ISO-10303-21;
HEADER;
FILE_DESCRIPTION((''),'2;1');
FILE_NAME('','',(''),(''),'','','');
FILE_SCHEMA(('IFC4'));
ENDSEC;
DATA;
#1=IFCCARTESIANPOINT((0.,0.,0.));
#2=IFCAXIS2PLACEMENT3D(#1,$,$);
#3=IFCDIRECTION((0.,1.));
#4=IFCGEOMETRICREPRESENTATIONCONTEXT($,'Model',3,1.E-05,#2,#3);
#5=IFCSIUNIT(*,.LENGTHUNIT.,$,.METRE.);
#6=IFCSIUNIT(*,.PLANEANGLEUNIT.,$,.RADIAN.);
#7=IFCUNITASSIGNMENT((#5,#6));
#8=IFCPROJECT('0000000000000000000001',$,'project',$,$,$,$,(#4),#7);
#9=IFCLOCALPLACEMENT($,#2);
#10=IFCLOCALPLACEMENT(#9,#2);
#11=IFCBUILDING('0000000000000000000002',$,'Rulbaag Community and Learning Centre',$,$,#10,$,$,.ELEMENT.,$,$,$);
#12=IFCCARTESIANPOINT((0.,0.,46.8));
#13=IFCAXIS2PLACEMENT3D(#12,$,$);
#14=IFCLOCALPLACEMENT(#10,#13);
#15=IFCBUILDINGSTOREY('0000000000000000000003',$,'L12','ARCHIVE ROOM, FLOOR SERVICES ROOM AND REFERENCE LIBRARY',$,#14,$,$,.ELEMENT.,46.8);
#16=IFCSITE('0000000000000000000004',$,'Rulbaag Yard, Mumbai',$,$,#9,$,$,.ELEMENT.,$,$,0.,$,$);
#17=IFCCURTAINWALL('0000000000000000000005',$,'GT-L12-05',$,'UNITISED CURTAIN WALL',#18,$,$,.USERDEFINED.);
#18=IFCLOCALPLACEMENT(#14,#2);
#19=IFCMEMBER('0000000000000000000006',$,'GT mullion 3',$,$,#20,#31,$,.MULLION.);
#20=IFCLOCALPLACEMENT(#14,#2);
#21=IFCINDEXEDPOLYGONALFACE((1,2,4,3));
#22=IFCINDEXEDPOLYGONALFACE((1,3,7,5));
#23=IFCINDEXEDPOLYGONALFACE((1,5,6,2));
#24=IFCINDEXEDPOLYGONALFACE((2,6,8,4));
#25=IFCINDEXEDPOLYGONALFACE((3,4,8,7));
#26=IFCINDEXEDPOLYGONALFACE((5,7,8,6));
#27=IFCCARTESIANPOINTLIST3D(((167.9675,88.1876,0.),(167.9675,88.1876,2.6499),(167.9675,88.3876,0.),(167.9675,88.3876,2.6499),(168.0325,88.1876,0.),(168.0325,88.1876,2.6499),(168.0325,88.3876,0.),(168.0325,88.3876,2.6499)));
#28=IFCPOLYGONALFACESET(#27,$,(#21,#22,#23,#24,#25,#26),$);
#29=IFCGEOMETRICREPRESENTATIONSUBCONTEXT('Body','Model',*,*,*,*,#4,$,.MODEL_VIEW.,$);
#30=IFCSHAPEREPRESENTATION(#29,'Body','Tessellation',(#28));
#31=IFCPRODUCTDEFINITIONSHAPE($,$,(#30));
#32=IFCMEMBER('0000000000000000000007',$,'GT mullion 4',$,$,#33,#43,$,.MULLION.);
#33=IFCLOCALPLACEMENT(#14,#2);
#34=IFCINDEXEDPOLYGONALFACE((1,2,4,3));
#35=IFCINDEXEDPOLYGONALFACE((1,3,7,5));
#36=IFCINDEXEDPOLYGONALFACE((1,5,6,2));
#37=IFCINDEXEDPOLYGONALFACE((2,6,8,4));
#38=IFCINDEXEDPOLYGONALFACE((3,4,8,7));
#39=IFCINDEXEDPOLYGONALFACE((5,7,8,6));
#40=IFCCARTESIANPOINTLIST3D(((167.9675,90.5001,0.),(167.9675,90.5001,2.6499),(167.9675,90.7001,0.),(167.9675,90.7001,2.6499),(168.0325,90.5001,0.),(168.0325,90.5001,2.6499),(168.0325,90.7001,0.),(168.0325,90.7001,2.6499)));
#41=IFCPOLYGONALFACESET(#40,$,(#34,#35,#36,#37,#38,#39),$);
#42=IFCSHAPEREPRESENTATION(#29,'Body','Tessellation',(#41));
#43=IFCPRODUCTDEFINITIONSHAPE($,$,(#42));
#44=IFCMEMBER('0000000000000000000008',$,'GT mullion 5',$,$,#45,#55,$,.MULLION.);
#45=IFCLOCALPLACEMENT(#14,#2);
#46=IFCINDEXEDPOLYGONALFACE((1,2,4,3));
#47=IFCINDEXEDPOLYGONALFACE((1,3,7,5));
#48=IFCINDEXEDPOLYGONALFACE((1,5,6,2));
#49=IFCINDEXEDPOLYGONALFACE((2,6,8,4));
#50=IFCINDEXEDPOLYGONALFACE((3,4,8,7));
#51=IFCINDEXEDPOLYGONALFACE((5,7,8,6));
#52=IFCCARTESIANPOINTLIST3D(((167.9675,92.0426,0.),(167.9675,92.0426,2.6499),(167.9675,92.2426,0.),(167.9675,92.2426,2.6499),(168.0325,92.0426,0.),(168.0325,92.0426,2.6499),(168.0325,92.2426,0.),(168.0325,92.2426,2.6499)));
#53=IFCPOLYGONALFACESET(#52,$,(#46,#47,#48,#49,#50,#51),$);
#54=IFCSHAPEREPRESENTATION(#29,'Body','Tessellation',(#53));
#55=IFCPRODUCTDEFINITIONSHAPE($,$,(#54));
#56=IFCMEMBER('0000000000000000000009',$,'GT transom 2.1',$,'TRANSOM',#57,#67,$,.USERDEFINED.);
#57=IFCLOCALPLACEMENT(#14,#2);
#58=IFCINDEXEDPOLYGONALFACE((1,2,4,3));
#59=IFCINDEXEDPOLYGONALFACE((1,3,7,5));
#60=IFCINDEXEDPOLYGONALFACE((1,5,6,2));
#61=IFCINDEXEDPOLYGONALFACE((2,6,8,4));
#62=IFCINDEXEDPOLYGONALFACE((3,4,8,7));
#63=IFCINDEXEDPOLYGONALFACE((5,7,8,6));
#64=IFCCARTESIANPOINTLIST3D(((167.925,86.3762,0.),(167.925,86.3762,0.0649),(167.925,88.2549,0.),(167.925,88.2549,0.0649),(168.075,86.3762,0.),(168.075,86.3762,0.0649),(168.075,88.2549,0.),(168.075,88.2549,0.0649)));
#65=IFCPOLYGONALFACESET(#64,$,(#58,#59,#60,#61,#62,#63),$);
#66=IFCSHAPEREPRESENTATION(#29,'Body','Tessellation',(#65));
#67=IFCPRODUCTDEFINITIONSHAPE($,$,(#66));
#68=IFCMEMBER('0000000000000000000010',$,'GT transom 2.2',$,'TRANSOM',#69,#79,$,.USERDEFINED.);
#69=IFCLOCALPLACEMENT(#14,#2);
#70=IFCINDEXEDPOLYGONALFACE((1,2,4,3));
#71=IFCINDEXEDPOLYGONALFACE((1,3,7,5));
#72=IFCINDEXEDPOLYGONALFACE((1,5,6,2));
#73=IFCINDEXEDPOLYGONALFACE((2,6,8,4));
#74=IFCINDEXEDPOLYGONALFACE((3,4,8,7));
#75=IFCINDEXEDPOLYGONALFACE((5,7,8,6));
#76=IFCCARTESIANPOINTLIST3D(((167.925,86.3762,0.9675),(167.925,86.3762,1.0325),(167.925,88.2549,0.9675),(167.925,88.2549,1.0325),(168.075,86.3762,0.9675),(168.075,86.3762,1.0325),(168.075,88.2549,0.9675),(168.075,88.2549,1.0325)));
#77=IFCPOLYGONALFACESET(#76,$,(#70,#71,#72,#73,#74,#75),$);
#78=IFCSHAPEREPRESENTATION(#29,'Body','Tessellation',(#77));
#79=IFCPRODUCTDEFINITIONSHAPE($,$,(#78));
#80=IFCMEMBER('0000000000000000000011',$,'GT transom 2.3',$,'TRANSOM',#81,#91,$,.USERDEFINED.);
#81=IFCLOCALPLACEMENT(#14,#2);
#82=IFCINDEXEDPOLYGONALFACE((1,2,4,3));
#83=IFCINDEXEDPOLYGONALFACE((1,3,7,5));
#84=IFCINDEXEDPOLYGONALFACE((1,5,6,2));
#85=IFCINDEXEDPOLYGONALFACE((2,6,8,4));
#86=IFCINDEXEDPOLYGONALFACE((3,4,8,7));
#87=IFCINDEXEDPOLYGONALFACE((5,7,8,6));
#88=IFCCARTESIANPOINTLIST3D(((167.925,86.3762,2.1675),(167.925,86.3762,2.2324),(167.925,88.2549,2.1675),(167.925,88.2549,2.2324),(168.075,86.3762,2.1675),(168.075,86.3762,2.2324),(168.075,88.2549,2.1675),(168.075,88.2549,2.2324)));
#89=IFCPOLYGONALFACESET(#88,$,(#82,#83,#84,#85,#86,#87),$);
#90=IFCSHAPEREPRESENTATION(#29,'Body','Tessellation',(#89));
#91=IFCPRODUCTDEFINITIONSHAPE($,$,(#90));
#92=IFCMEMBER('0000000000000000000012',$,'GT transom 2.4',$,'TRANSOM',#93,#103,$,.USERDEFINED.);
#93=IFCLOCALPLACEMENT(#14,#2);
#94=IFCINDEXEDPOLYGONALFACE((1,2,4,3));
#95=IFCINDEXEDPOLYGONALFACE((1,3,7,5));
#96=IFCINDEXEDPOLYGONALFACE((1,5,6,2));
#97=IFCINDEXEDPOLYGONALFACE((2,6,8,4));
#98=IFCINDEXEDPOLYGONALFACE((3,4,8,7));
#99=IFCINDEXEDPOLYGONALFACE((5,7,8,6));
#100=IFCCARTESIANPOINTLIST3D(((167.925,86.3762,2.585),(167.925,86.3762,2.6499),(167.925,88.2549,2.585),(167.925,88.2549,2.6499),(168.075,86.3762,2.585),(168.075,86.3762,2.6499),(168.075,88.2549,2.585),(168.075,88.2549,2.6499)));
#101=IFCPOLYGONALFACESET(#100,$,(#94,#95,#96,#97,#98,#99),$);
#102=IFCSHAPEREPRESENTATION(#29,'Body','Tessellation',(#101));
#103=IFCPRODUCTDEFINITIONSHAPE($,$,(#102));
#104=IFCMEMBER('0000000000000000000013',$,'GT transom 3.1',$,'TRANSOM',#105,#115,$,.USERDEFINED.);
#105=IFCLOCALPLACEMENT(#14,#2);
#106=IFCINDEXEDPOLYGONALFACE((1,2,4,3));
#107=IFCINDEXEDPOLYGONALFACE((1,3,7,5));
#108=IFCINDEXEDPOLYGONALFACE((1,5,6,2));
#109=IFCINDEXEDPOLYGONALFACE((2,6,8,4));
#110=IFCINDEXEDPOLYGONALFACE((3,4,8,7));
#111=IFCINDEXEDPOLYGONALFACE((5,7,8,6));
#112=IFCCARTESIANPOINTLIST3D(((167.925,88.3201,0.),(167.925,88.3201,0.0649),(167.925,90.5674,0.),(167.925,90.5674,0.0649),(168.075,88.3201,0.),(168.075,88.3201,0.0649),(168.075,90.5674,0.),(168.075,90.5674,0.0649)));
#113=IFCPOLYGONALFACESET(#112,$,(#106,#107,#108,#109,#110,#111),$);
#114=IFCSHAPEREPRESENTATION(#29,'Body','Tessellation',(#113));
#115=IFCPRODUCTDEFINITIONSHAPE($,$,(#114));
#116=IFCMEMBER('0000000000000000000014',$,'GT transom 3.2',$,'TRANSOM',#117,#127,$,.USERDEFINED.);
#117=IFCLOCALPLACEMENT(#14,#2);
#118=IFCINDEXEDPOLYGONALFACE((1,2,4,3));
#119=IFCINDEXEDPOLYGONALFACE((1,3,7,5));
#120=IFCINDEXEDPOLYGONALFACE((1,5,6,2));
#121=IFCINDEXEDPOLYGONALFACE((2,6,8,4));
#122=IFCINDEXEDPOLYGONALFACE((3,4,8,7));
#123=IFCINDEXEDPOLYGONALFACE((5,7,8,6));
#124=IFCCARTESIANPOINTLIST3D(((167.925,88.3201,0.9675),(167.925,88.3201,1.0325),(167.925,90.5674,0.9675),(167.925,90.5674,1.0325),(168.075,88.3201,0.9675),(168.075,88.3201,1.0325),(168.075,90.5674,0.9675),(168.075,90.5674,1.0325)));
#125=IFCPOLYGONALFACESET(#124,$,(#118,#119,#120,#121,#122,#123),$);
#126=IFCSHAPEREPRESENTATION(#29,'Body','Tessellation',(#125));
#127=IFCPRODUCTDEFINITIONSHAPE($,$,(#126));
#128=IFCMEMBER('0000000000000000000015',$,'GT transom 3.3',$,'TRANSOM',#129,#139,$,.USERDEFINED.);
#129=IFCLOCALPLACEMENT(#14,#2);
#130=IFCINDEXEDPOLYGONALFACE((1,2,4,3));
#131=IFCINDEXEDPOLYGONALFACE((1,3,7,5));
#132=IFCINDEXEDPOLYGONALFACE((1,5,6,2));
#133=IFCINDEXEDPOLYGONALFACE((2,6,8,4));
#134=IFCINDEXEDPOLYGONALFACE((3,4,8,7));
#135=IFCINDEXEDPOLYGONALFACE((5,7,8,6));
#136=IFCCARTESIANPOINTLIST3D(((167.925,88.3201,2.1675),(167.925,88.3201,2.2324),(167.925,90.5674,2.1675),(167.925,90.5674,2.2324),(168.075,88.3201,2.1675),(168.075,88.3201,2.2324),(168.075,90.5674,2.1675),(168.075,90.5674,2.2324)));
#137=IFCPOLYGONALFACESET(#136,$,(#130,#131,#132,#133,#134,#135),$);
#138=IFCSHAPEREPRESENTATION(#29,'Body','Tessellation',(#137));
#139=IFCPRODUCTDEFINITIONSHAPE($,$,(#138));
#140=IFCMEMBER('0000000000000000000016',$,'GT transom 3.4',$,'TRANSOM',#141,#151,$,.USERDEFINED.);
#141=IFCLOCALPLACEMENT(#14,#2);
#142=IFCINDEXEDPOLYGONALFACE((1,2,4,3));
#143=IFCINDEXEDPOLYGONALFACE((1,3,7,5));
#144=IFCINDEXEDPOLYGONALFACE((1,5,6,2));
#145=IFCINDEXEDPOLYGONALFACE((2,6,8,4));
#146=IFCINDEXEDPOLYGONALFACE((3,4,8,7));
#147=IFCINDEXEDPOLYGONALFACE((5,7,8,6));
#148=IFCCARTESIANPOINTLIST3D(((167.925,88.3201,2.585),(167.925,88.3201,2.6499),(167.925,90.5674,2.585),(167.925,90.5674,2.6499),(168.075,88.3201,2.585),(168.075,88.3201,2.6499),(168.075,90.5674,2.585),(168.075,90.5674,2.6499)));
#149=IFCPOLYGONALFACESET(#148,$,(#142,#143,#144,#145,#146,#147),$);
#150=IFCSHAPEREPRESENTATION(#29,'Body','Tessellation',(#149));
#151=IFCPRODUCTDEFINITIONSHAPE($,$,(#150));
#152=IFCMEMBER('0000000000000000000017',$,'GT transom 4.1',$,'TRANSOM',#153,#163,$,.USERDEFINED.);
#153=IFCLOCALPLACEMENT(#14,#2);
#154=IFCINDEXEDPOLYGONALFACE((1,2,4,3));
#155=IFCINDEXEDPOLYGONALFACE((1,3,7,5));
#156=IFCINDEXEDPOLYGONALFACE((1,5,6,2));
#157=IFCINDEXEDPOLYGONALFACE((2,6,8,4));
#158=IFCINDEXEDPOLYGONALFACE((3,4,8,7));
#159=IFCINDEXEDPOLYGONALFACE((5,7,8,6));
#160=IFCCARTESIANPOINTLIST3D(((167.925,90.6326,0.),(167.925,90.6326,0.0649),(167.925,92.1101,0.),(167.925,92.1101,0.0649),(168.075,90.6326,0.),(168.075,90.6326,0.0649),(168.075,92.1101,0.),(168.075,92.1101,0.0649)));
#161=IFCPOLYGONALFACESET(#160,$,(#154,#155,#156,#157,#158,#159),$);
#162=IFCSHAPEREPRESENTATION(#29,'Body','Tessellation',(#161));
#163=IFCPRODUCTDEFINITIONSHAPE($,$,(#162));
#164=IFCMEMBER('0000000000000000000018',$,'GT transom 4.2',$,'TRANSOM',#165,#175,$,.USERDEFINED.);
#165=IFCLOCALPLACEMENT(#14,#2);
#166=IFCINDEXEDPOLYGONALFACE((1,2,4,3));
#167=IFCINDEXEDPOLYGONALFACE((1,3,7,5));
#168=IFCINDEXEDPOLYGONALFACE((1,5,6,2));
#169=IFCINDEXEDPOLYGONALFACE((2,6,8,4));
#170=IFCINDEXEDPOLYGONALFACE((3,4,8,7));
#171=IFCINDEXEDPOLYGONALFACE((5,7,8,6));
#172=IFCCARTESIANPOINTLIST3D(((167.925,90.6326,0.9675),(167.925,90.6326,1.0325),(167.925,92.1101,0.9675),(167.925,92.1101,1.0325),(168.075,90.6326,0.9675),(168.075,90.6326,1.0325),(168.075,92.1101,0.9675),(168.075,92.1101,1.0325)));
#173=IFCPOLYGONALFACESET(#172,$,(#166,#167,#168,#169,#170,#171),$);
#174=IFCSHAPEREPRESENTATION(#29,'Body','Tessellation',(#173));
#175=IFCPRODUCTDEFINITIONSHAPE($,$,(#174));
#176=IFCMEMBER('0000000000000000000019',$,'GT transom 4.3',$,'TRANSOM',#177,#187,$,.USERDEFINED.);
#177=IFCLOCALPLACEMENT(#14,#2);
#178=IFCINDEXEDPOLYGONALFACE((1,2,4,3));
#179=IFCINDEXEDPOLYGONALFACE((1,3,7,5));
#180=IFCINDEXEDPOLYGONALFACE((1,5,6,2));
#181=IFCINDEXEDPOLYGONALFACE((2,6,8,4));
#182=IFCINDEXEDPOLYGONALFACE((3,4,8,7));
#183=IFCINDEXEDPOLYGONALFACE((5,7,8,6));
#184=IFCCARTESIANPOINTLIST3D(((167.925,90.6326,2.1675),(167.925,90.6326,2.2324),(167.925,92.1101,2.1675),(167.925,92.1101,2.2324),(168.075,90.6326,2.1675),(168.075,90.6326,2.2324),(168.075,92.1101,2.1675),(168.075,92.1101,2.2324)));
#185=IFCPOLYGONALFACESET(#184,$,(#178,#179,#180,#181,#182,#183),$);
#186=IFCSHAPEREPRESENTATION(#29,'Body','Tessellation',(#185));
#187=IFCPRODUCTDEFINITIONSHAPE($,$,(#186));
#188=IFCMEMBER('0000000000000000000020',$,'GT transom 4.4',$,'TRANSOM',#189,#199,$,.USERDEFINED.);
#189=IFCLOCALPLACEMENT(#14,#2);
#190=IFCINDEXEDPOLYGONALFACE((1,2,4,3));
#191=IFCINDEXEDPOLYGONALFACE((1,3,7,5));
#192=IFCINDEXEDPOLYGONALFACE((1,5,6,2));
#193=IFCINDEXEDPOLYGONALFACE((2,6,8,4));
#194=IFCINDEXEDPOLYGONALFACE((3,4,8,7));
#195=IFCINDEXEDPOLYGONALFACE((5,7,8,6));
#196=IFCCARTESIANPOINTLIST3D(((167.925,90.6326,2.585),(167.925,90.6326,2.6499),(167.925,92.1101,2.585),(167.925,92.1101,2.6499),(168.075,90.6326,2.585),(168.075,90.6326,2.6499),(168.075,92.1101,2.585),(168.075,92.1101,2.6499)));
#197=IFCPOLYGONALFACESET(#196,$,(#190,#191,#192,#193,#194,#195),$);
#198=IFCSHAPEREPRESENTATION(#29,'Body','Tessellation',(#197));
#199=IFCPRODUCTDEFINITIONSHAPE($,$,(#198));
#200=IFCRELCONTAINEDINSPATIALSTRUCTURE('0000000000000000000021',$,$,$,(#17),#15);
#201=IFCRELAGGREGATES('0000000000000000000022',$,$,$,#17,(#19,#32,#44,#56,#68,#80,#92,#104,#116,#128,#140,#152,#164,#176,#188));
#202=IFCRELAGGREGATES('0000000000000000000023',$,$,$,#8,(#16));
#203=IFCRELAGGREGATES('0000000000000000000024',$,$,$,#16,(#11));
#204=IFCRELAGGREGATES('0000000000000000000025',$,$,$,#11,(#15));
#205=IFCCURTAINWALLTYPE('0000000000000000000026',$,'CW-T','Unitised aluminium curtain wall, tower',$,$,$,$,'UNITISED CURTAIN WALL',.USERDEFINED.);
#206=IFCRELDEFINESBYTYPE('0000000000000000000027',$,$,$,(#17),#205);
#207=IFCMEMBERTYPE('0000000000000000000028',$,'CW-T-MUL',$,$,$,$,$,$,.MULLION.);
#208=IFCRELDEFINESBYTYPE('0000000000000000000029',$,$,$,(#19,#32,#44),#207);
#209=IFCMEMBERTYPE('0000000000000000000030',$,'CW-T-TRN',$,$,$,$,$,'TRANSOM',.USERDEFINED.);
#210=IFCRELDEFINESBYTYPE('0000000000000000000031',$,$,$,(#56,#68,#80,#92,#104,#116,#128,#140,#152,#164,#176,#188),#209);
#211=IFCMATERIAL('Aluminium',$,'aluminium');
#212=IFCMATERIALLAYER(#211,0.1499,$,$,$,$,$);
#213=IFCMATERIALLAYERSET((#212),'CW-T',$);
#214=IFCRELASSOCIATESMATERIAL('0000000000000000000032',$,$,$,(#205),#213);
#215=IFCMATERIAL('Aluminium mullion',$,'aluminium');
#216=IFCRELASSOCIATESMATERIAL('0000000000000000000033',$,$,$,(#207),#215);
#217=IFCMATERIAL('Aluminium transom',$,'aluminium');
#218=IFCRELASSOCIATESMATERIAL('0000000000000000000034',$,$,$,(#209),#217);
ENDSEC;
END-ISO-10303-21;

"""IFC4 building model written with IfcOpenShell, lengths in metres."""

from ifc_helpers import new_model, si_unit, direction, frame, origin, origin_2d, place, context, subcontext, project, spatial, rectangle, extrude, material, layer, layer_set, material_profile, profile_set, type_object, element, aggregate, save


model = new_model("IFC4")

# Units and contexts
model_context = context("Model", 3, precision=1e-05, world=origin(), true_north=direction((0.0, 1.0)))
body_context = subcontext(model_context, "Body", "Model", "MODEL_VIEW")
ifc_project = project(units=[si_unit("LENGTHUNIT", "METRE"), si_unit("PLANEANGLEUNIT", "RADIAN")], contexts=[model_context])

# Site, building, storey
site_placement = place(None, origin())
site = spatial("IfcSite", under=ifc_project, at=site_placement, Name="Rulbaag Yard, Mumbai", CompositionType="ELEMENT", RefElevation=0.0)
building_placement = place(site_placement, origin())
building = spatial("IfcBuilding", under=site, at=building_placement, Name="Rulbaag Community and Learning Centre", CompositionType="ELEMENT")
storey_placement = place(building_placement, frame((0.0, 0.0, 46.8)))
storey = spatial("IfcBuildingStorey", under=building, at=storey_placement, Name="L12", Description="ARCHIVE ROOM, FLOOR SERVICES ROOM AND REFERENCE LIBRARY", CompositionType="ELEMENT", Elevation=46.8)

# Curtain wall, members
ifc_material_1 = material(Name="Aluminium", Category="aluminium")
ifc_layer_1 = layer(ifc_material_1, 0.1499)
ifc_layer_set_1 = layer_set([ifc_layer_1], Name="CW-T")
curtain_wall_type = type_object("IfcCurtainWallType", Name="CW-T", Description="Unitised aluminium curtain wall, tower", ElementType="UNITISED CURTAIN WALL", PredefinedType="USERDEFINED", material=ifc_layer_set_1)
curtain_wall_placement = place(storey_placement, origin())
curtain_wall = element("IfcCurtainWall", 1, at=curtain_wall_placement, inside=storey, type_object=curtain_wall_type, Name="GT-L12-05", ObjectType="UNITISED CURTAIN WALL", PredefinedType="USERDEFINED")
ifc_material_2 = material(Name="Aluminium mullion", Category="aluminium")
ifc_material_profile_1 = material_profile(ifc_material_2, rectangle(XDim=0.0649, YDim=0.2, at=origin_2d()), Name="AL 65x200")
ifc_profile_set_1 = profile_set([ifc_material_profile_1], Name="Aluminium mullion")
member_type_1 = type_object("IfcMemberType", Name="CW-T-MUL", PredefinedType="MULLION", material=ifc_profile_set_1)
member_1_placement = place(storey_placement, frame((168.0, 88.2876, 0.0), z_axis=(0.0, 0.0, 1.0), x_axis=(-1.0, 0.0, 0.0)))
member_1 = element("IfcMember", 2, at=member_1_placement, type_object=member_type_1, Name="GT mullion 3", PredefinedType="MULLION", context=body_context, shape_type="SweptSolid", body=[
    extrude(rectangle(XDim=0.0649, YDim=0.2, at=origin_2d()), origin(), (0.0, 0.0, 1.0), 2.6499),
])
member_2_placement = place(storey_placement, frame((168.0, 90.6001, 0.0), z_axis=(0.0, 0.0, 1.0), x_axis=(-1.0, 0.0, 0.0)))
member_2 = element("IfcMember", 3, at=member_2_placement, type_object=member_type_1, Name="GT mullion 4", PredefinedType="MULLION", context=body_context, shape_type="SweptSolid", body=[
    extrude(rectangle(XDim=0.0649, YDim=0.2, at=origin_2d()), origin(), (0.0, 0.0, 1.0), 2.6499),
])
member_3_placement = place(storey_placement, frame((168.0, 92.1426, 0.0), z_axis=(0.0, 0.0, 1.0), x_axis=(-1.0, 0.0, 0.0)))
member_3 = element("IfcMember", 4, at=member_3_placement, type_object=member_type_1, Name="GT mullion 5", PredefinedType="MULLION", context=body_context, shape_type="SweptSolid", body=[
    extrude(rectangle(XDim=0.0649, YDim=0.2, at=origin_2d()), origin(), (0.0, 0.0, 1.0), 2.6499),
])
ifc_material_3 = material(Name="Aluminium transom", Category="aluminium")
ifc_material_profile_2 = material_profile(ifc_material_3, rectangle(XDim=0.1499, YDim=0.0649, at=origin_2d()), Name="AL 65x150 T")
ifc_profile_set_2 = profile_set([ifc_material_profile_2], Name="Aluminium transom")
member_type_2 = type_object("IfcMemberType", Name="CW-T-TRN", ElementType="TRANSOM", PredefinedType="USERDEFINED", material=ifc_profile_set_2)
member_4_placement = place(storey_placement, frame((168.0, 86.3762, 0.0325), z_axis=(0.0, 1.0, 0.0), x_axis=(-1.0, 0.0, 0.0)))
member_4 = element("IfcMember", 5, at=member_4_placement, type_object=member_type_2, Name="GT transom 2.1", ObjectType="TRANSOM", PredefinedType="USERDEFINED", context=body_context, shape_type="SweptSolid", body=[
    extrude(rectangle(XDim=0.1499, YDim=0.0649, at=origin_2d()), origin(), (0.0, 0.0, 1.0), 1.8787),
])
member_5_placement = place(storey_placement, frame((168.0, 86.3762, 1.0), z_axis=(0.0, 1.0, 0.0), x_axis=(-1.0, 0.0, 0.0)))
member_5 = element("IfcMember", 6, at=member_5_placement, type_object=member_type_2, Name="GT transom 2.2", ObjectType="TRANSOM", PredefinedType="USERDEFINED", context=body_context, shape_type="SweptSolid", body=[
    extrude(rectangle(XDim=0.1499, YDim=0.0649, at=origin_2d()), origin(), (0.0, 0.0, 1.0), 1.8787),
])
member_6_placement = place(storey_placement, frame((168.0, 86.3762, 2.2), z_axis=(0.0, 1.0, 0.0), x_axis=(-1.0, 0.0, 0.0)))
member_6 = element("IfcMember", 7, at=member_6_placement, type_object=member_type_2, Name="GT transom 2.3", ObjectType="TRANSOM", PredefinedType="USERDEFINED", context=body_context, shape_type="SweptSolid", body=[
    extrude(rectangle(XDim=0.1499, YDim=0.0649, at=origin_2d()), origin(), (0.0, 0.0, 1.0), 1.8787),
])
member_7_placement = place(storey_placement, frame((168.0, 86.3762, 2.6174), z_axis=(0.0, 1.0, 0.0), x_axis=(-1.0, 0.0, 0.0)))
member_7 = element("IfcMember", 8, at=member_7_placement, type_object=member_type_2, Name="GT transom 2.4", ObjectType="TRANSOM", PredefinedType="USERDEFINED", context=body_context, shape_type="SweptSolid", body=[
    extrude(rectangle(XDim=0.1499, YDim=0.0649, at=origin_2d()), origin(), (0.0, 0.0, 1.0), 1.8787),
])
member_8_placement = place(storey_placement, frame((168.0, 88.3201, 0.0325), z_axis=(0.0, 1.0, 0.0), x_axis=(-1.0, 0.0, 0.0)))
member_8 = element("IfcMember", 9, at=member_8_placement, type_object=member_type_2, Name="GT transom 3.1", ObjectType="TRANSOM", PredefinedType="USERDEFINED", context=body_context, shape_type="SweptSolid", body=[
    extrude(rectangle(XDim=0.1499, YDim=0.0649, at=origin_2d()), origin(), (0.0, 0.0, 1.0), 2.2473),
])
member_9_placement = place(storey_placement, frame((168.0, 88.3201, 1.0), z_axis=(0.0, 1.0, 0.0), x_axis=(-1.0, 0.0, 0.0)))
member_9 = element("IfcMember", 10, at=member_9_placement, type_object=member_type_2, Name="GT transom 3.2", ObjectType="TRANSOM", PredefinedType="USERDEFINED", context=body_context, shape_type="SweptSolid", body=[
    extrude(rectangle(XDim=0.1499, YDim=0.0649, at=origin_2d()), origin(), (0.0, 0.0, 1.0), 2.2473),
])
member_10_placement = place(storey_placement, frame((168.0, 88.3201, 2.2), z_axis=(0.0, 1.0, 0.0), x_axis=(-1.0, 0.0, 0.0)))
member_10 = element("IfcMember", 11, at=member_10_placement, type_object=member_type_2, Name="GT transom 3.3", ObjectType="TRANSOM", PredefinedType="USERDEFINED", context=body_context, shape_type="SweptSolid", body=[
    extrude(rectangle(XDim=0.1499, YDim=0.0649, at=origin_2d()), origin(), (0.0, 0.0, 1.0), 2.2473),
])
member_11_placement = place(storey_placement, frame((168.0, 88.3201, 2.6174), z_axis=(0.0, 1.0, 0.0), x_axis=(-1.0, 0.0, 0.0)))
member_11 = element("IfcMember", 12, at=member_11_placement, type_object=member_type_2, Name="GT transom 3.4", ObjectType="TRANSOM", PredefinedType="USERDEFINED", context=body_context, shape_type="SweptSolid", body=[
    extrude(rectangle(XDim=0.1499, YDim=0.0649, at=origin_2d()), origin(), (0.0, 0.0, 1.0), 2.2473),
])
member_12_placement = place(storey_placement, frame((168.0, 90.6326, 0.0325), z_axis=(0.0, 1.0, 0.0), x_axis=(-1.0, 0.0, 0.0)))
member_12 = element("IfcMember", 13, at=member_12_placement, type_object=member_type_2, Name="GT transom 4.1", ObjectType="TRANSOM", PredefinedType="USERDEFINED", context=body_context, shape_type="SweptSolid", body=[
    extrude(rectangle(XDim=0.1499, YDim=0.0649, at=origin_2d()), origin(), (0.0, 0.0, 1.0), 1.4775),
])
member_13_placement = place(storey_placement, frame((168.0, 90.6326, 1.0), z_axis=(0.0, 1.0, 0.0), x_axis=(-1.0, 0.0, 0.0)))
member_13 = element("IfcMember", 14, at=member_13_placement, type_object=member_type_2, Name="GT transom 4.2", ObjectType="TRANSOM", PredefinedType="USERDEFINED", context=body_context, shape_type="SweptSolid", body=[
    extrude(rectangle(XDim=0.1499, YDim=0.0649, at=origin_2d()), origin(), (0.0, 0.0, 1.0), 1.4775),
])
member_14_placement = place(storey_placement, frame((168.0, 90.6326, 2.2), z_axis=(0.0, 1.0, 0.0), x_axis=(-1.0, 0.0, 0.0)))
member_14 = element("IfcMember", 15, at=member_14_placement, type_object=member_type_2, Name="GT transom 4.3", ObjectType="TRANSOM", PredefinedType="USERDEFINED", context=body_context, shape_type="SweptSolid", body=[
    extrude(rectangle(XDim=0.1499, YDim=0.0649, at=origin_2d()), origin(), (0.0, 0.0, 1.0), 1.4775),
])
member_15_placement = place(storey_placement, frame((168.0, 90.6326, 2.6174), z_axis=(0.0, 1.0, 0.0), x_axis=(-1.0, 0.0, 0.0)))
member_15 = element("IfcMember", 16, at=member_15_placement, type_object=member_type_2, Name="GT transom 4.4", ObjectType="TRANSOM", PredefinedType="USERDEFINED", context=body_context, shape_type="SweptSolid", body=[
    extrude(rectangle(XDim=0.1499, YDim=0.0649, at=origin_2d()), origin(), (0.0, 0.0, 1.0), 1.4775),
])
aggregate(curtain_wall, [member_1, member_2, member_3, member_4, member_5, member_6, member_7, member_8, member_9, member_10, member_11, member_12, member_13, member_14, member_15])

save(model, "model.ifc")
